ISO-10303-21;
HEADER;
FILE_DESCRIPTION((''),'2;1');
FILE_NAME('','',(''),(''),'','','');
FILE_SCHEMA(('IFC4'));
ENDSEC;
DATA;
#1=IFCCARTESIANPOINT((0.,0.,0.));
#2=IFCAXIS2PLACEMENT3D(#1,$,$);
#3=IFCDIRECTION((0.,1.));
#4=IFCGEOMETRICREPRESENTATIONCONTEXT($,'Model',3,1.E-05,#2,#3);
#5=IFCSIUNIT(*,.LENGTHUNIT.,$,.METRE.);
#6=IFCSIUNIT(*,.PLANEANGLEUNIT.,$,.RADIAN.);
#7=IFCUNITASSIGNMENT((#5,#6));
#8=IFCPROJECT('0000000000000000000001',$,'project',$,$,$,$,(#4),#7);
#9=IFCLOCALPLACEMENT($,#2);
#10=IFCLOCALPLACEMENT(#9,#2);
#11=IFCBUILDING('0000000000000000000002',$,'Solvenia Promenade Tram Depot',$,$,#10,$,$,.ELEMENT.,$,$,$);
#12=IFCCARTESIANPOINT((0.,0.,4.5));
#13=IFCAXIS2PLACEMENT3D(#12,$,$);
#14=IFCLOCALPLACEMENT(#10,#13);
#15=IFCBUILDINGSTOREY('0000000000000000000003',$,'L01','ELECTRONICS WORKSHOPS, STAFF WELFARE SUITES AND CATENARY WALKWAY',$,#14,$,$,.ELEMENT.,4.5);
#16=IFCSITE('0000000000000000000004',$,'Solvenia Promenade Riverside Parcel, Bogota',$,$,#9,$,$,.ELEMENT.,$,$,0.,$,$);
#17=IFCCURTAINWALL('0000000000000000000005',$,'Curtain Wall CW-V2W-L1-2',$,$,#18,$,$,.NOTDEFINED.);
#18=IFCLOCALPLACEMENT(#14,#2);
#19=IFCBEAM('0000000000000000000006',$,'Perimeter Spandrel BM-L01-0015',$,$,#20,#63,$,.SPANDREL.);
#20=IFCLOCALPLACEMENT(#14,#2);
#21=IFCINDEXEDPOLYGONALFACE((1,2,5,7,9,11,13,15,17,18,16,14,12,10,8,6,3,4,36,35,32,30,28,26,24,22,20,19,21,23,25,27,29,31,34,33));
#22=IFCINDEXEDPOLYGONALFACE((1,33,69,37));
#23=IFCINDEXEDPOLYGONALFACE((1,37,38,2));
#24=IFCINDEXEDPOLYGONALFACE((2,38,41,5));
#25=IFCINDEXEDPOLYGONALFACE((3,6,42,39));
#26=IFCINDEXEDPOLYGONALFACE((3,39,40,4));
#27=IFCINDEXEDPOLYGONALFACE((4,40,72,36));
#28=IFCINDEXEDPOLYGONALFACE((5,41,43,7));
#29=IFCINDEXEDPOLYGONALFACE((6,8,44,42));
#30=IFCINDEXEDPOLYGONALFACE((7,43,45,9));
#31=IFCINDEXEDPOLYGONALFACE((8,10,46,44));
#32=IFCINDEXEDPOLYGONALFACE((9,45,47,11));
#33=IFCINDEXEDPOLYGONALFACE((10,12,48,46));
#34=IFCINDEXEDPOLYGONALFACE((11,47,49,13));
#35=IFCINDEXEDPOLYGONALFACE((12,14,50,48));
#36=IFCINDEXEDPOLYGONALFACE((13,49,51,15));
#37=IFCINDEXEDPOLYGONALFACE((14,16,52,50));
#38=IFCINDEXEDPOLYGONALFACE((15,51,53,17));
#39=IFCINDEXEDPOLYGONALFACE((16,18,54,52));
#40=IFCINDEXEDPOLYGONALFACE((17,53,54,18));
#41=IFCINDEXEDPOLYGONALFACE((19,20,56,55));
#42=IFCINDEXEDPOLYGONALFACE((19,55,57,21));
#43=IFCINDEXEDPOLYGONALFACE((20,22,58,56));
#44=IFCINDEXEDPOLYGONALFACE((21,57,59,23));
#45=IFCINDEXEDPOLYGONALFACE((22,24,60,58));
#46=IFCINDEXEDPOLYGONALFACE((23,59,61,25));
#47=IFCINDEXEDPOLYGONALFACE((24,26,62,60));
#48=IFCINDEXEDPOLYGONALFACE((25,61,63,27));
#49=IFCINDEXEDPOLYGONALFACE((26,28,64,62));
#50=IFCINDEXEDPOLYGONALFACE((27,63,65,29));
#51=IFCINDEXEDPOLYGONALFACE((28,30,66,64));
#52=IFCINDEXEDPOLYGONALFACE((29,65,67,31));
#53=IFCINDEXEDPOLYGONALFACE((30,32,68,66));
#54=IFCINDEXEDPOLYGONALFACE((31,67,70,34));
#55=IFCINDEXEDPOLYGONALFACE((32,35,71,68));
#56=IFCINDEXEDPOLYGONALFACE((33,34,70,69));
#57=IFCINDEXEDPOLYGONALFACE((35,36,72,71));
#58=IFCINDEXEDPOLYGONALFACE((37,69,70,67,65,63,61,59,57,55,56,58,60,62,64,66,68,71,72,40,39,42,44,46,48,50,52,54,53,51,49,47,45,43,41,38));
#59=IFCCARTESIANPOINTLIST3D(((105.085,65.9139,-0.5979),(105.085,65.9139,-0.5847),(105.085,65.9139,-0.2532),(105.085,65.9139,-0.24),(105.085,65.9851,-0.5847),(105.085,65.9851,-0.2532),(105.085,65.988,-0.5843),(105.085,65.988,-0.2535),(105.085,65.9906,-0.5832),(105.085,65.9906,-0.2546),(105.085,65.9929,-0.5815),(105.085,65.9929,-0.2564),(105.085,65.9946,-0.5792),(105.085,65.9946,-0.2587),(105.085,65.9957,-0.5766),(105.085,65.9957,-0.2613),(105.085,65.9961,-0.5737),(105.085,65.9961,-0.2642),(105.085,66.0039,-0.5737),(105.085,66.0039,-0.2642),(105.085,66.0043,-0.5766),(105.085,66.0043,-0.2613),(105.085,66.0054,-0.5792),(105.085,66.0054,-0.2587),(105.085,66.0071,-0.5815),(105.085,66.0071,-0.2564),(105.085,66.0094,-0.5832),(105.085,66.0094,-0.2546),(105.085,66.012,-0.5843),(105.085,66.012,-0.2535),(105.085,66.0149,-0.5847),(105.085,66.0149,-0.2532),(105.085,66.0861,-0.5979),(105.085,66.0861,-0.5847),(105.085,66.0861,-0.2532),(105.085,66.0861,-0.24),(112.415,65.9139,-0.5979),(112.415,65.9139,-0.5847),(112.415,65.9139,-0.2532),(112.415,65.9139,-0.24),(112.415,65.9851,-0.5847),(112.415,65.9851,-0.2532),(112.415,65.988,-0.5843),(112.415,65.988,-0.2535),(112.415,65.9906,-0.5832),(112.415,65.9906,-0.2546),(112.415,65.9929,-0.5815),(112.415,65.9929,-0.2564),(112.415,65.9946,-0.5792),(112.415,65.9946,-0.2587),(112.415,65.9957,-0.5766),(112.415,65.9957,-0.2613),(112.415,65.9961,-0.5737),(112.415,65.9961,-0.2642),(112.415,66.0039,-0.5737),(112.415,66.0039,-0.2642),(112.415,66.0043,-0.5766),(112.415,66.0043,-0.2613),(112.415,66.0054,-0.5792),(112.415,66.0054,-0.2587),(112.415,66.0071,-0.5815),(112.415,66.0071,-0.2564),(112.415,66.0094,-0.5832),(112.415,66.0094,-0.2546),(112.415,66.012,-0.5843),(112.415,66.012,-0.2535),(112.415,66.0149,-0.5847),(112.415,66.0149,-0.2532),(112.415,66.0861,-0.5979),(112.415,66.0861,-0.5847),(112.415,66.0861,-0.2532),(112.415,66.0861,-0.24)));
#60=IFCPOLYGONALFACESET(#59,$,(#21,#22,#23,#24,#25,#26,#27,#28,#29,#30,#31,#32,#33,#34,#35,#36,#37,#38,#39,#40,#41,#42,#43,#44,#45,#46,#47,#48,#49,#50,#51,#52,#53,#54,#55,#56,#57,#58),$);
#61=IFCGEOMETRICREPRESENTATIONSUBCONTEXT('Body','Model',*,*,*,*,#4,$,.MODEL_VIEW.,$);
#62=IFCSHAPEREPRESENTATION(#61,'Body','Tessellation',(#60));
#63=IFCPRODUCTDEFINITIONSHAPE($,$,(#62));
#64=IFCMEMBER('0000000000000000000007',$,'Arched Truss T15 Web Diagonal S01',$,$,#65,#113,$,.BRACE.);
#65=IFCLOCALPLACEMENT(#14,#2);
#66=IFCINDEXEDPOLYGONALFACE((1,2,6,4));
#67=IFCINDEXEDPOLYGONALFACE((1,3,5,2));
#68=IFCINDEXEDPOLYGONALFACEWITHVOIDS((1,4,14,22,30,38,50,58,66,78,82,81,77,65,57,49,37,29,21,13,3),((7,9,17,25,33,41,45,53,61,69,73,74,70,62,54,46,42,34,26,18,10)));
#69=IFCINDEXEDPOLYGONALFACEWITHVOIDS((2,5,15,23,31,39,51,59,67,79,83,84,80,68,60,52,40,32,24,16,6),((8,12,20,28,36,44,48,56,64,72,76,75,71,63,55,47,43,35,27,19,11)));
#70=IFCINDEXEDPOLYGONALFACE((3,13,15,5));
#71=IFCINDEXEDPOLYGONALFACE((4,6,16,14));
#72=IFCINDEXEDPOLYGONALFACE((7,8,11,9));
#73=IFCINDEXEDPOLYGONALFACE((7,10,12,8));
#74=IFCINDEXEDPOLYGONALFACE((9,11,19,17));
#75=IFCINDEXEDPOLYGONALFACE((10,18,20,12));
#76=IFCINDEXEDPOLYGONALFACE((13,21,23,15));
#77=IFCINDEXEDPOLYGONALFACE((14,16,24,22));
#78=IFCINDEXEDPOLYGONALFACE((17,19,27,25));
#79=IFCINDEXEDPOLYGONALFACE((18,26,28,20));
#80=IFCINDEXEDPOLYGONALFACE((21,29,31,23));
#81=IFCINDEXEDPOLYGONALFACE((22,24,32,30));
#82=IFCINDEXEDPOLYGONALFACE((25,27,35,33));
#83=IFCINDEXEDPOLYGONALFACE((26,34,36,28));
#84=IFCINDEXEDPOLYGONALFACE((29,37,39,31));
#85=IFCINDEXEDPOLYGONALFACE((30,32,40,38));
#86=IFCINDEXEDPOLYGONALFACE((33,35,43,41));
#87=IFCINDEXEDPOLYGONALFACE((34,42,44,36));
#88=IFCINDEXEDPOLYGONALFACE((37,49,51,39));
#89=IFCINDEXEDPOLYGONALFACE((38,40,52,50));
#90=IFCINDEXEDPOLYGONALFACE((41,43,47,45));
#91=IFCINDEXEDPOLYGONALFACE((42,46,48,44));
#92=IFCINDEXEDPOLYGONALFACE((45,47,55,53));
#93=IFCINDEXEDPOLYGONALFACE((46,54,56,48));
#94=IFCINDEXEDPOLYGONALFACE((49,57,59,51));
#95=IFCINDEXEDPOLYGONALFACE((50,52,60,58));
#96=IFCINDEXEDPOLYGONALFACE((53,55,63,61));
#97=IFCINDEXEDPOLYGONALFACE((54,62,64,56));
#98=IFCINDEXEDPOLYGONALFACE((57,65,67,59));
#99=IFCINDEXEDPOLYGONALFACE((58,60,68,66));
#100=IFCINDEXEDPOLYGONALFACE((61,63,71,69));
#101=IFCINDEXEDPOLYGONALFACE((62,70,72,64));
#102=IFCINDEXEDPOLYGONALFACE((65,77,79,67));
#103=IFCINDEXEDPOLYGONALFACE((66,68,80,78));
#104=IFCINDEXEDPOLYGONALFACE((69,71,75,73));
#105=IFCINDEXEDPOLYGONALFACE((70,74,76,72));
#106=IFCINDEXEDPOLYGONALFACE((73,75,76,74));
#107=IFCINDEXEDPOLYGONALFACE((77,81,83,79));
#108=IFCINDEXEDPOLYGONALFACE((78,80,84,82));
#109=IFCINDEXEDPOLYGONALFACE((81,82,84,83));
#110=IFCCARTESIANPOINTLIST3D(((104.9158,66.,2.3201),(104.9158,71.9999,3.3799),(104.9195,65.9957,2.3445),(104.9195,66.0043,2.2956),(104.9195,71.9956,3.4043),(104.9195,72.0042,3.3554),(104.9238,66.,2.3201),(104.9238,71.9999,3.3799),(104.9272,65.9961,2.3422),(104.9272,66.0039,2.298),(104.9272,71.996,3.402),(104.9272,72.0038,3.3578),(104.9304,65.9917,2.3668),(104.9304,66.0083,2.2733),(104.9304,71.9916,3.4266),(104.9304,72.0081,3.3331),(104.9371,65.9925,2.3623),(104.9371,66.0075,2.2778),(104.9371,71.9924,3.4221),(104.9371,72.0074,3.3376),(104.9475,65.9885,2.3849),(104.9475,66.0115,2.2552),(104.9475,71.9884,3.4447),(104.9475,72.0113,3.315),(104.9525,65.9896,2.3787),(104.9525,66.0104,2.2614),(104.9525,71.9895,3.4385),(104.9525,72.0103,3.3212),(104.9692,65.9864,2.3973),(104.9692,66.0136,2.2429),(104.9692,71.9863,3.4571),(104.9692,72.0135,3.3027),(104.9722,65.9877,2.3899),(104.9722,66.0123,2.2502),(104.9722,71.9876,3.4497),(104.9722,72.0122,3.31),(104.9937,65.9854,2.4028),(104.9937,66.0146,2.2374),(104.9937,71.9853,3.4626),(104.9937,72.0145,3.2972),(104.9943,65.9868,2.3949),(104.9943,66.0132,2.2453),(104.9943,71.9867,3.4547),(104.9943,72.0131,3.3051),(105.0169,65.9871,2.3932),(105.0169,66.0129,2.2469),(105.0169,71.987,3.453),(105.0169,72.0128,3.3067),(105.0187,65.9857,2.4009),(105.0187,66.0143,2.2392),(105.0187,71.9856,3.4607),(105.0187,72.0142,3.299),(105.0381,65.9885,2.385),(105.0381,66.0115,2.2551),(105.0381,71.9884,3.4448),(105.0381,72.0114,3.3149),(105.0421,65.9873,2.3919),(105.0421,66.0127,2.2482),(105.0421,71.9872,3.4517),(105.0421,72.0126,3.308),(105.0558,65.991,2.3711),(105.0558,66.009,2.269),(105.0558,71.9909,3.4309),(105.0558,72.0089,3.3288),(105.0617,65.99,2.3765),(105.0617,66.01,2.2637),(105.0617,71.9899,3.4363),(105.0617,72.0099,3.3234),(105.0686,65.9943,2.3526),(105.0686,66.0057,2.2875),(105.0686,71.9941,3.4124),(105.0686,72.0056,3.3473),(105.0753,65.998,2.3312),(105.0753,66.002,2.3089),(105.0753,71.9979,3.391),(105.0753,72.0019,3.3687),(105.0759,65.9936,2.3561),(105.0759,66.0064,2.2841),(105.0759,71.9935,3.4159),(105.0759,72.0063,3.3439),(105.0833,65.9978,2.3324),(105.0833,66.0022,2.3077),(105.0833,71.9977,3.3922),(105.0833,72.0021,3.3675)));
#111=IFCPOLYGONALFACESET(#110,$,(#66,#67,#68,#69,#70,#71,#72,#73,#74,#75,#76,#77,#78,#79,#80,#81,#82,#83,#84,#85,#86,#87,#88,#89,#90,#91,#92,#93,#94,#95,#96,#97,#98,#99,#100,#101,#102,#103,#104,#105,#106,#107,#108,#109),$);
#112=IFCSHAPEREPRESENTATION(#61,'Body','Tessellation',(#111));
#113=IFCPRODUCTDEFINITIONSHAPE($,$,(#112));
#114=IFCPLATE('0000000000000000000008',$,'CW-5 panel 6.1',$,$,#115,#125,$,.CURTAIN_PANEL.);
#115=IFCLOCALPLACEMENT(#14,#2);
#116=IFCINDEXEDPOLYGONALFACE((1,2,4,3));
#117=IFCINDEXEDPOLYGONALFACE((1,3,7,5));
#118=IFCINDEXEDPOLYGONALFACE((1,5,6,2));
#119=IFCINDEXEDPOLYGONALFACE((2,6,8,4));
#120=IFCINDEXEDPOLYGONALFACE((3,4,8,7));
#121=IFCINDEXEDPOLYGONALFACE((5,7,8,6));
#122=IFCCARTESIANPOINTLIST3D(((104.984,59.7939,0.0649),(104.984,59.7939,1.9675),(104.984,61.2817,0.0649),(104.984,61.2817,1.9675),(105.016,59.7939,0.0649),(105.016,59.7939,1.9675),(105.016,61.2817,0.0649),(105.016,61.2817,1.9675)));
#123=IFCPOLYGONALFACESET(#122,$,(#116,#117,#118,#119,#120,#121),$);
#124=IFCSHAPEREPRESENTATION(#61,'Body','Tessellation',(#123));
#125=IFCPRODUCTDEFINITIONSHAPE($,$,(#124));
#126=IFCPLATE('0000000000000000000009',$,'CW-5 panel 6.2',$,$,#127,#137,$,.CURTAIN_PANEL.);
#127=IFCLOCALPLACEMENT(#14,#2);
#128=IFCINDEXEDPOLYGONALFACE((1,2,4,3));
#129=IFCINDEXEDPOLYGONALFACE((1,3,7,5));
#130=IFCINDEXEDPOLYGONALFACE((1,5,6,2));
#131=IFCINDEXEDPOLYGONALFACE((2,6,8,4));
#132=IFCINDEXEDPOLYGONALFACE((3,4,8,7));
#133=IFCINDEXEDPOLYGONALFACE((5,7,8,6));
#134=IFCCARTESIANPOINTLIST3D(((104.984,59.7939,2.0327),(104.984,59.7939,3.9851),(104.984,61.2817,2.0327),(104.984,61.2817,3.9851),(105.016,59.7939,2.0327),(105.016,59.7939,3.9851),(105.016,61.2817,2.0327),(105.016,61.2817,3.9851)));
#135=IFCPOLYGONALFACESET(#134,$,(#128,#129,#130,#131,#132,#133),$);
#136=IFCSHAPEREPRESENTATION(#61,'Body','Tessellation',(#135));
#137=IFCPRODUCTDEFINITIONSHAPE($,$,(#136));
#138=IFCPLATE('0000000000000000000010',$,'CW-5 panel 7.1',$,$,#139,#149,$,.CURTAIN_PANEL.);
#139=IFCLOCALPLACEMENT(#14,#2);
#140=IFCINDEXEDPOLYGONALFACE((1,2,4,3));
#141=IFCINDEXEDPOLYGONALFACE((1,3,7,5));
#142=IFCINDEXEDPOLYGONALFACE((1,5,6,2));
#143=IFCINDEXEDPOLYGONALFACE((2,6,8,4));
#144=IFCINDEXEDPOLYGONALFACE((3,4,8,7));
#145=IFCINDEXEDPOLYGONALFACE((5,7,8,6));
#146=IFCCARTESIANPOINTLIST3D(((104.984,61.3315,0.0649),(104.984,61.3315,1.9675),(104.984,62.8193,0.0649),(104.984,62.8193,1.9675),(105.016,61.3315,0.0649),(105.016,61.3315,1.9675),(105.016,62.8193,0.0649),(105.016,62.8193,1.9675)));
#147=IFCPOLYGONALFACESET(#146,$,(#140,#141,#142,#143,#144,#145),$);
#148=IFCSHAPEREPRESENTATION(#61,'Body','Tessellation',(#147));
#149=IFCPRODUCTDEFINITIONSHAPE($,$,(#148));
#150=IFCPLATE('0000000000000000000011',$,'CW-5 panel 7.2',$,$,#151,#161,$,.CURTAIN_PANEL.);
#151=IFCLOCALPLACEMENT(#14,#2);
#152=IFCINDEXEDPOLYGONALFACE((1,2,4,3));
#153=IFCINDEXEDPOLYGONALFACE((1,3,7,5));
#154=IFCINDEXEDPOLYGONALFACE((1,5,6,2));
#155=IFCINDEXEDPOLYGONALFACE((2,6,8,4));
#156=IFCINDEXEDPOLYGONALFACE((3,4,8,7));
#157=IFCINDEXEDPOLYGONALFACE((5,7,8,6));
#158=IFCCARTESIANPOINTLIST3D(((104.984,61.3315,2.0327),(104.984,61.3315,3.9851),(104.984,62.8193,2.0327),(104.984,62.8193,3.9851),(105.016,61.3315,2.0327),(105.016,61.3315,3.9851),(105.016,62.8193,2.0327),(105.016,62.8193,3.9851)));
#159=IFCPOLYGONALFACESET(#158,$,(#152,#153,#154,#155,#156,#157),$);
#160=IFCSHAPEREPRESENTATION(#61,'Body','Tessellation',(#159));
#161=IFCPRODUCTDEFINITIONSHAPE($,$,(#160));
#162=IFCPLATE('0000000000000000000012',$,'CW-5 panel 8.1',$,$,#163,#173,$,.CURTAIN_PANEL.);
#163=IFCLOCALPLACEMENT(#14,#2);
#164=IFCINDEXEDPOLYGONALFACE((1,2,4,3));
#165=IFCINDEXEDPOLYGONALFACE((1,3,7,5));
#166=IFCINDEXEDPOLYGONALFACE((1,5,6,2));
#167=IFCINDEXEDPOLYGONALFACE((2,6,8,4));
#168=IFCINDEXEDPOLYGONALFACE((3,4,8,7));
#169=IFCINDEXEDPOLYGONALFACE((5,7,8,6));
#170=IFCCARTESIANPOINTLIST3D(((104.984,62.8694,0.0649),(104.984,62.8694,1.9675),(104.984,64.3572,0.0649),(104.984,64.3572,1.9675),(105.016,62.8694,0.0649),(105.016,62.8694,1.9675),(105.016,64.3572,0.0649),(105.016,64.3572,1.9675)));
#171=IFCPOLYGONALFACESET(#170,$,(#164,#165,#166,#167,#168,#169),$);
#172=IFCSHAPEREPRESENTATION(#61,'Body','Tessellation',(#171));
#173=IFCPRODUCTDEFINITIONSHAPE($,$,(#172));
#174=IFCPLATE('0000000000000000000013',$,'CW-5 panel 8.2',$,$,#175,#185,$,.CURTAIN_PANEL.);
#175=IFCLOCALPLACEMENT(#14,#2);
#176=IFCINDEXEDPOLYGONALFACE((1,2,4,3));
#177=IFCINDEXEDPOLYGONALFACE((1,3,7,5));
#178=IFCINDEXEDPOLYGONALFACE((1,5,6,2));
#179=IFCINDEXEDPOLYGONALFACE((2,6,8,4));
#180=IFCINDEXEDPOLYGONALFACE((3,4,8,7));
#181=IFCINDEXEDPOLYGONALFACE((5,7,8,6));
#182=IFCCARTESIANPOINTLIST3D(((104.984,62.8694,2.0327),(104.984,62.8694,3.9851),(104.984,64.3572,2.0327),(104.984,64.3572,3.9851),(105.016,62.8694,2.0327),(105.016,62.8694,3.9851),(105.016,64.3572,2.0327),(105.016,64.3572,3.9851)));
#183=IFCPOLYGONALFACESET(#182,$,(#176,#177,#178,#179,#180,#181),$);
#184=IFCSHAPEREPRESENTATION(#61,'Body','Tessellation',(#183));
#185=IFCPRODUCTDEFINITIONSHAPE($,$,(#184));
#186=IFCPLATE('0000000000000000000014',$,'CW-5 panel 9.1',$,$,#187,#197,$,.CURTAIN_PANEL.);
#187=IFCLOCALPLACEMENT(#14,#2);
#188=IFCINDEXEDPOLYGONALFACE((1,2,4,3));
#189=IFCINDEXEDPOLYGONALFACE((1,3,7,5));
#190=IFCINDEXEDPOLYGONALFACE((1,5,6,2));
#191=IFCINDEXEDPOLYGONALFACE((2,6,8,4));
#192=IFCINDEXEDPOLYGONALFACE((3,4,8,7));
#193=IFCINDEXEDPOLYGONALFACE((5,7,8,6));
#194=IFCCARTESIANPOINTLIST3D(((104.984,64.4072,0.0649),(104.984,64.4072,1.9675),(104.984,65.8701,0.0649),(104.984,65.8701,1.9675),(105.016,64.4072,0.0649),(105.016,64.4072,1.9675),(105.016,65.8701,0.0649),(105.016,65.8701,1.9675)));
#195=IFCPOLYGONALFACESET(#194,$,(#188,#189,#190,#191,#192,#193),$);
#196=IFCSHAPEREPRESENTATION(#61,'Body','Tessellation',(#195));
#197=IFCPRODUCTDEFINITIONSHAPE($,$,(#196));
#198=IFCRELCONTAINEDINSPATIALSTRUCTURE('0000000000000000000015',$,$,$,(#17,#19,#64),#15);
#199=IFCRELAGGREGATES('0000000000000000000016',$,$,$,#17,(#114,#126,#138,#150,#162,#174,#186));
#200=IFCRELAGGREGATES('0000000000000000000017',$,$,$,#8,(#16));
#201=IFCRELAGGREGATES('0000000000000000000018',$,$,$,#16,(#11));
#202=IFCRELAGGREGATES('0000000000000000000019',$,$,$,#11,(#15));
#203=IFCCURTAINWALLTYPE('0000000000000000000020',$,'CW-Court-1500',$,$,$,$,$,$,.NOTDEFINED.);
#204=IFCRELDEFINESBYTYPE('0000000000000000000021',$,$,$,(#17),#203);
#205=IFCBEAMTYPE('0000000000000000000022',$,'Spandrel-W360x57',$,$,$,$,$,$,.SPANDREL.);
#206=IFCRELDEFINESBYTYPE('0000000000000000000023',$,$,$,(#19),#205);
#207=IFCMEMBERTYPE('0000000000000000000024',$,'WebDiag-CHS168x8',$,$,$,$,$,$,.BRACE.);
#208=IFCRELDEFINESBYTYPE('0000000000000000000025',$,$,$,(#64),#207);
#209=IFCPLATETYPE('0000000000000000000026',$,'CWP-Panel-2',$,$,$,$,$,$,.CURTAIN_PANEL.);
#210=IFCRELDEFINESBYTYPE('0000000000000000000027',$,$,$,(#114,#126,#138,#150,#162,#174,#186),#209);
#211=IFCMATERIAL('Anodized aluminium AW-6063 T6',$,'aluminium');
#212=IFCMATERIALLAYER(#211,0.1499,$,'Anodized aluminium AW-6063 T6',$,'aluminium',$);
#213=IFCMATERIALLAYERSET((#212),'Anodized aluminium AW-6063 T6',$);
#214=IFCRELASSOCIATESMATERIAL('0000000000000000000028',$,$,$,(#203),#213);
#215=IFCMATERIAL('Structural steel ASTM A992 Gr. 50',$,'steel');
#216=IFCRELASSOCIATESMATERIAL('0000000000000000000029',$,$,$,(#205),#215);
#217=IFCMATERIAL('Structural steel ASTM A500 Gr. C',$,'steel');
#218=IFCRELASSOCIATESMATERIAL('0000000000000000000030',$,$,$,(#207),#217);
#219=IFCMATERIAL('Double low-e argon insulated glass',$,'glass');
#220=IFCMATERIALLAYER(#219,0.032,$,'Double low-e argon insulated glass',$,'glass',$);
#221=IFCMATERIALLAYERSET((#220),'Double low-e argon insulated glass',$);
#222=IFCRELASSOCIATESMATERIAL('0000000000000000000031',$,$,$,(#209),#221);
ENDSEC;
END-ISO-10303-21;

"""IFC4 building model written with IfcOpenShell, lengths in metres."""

from ifc_helpers import new_model, si_unit, direction, frame, origin, origin_2d, place, context, subcontext, project, spatial, rectangle, hollow_circle, i_section, extrude, material, layer, layer_set, material_profile, profile_set, type_object, element, aggregate, save


model = new_model("IFC4")

# Units and contexts
model_context = context("Model", 3, precision=1e-05, world=origin(), true_north=direction((0.0, 1.0)))
body_context = subcontext(model_context, "Body", "Model", "MODEL_VIEW")
ifc_project = project(units=[si_unit("LENGTHUNIT", "METRE"), si_unit("PLANEANGLEUNIT", "RADIAN")], contexts=[model_context])

# Site, building, storey
site_placement = place(None, origin())
site = spatial("IfcSite", under=ifc_project, at=site_placement, Name="Solvenia Promenade Riverside Parcel, Bogota", CompositionType="ELEMENT", RefElevation=0.0)
building_placement = place(site_placement, origin())
building = spatial("IfcBuilding", under=site, at=building_placement, Name="Solvenia Promenade Tram Depot", CompositionType="ELEMENT")
storey_placement = place(building_placement, frame((0.0, 0.0, 4.5)))
storey = spatial("IfcBuildingStorey", under=building, at=storey_placement, Name="L01", Description="ELECTRONICS WORKSHOPS, STAFF WELFARE SUITES AND CATENARY WALKWAY", CompositionType="ELEMENT", Elevation=4.5)

# Shared definitions
ifc_material_1 = material(Name="Structural steel ASTM A992 Gr. 50", Category="steel")

# Curtain wall
ifc_material_2 = material(Name="Anodized aluminium AW-6063 T6", Category="aluminium")
ifc_layer_1 = layer(ifc_material_2, 0.1499, Name="Anodized aluminium AW-6063 T6", Category="aluminium")
ifc_layer_set_1 = layer_set([ifc_layer_1], Name="Anodized aluminium AW-6063 T6")
curtain_wall_type = type_object("IfcCurtainWallType", Name="CW-Court-1500", PredefinedType="NOTDEFINED", material=ifc_layer_set_1)
curtain_wall_placement = place(storey_placement, origin())
curtain_wall = element("IfcCurtainWall", 1, at=curtain_wall_placement, inside=storey, type_object=curtain_wall_type, Name="Curtain Wall CW-V2W-L1-2", PredefinedType="NOTDEFINED")

# Shared definitions
ifc_material_3 = material(Name="Structural steel ASTM A500 Gr. C", Category="steel")

# Beam
ifc_material_profile_1 = material_profile(ifc_material_1, i_section(OverallWidth=0.1721, OverallDepth=0.3579, WebThickness=0.0078, FlangeThickness=0.0132, FilletRadius=0.011, at=origin_2d()), Name="W360x57", Category="steel")
ifc_profile_set_1 = profile_set([ifc_material_profile_1], Name="Structural steel ASTM A992 Gr. 50")
beam_type_1 = type_object("IfcBeamType", Name="Spandrel-W360x57", PredefinedType="SPANDREL", material=ifc_profile_set_1)
beam_1_placement = place(storey_placement, frame((105.085, 66.0, -0.4189), z_axis=(1.0, 0.0, 0.0), x_axis=(0.0, 1.0, 0.0)))
element("IfcBeam", 2, at=beam_1_placement, inside=storey, type_object=beam_type_1, Name="Perimeter Spandrel BM-L01-0015", PredefinedType="SPANDREL", context=body_context, shape_type="SweptSolid", body=[
    extrude(i_section(OverallWidth=0.1721, OverallDepth=0.3579, WebThickness=0.0078, FlangeThickness=0.0132, FilletRadius=0.011, at=origin_2d()), origin(), (0.0, 0.0, 1.0), 7.3301),
])

# Member
ifc_material_profile_2 = material_profile(ifc_material_3, hollow_circle(Radius=0.0842, WallThickness=0.0081, at=origin_2d()), Name="CHS168.3x8", Category="steel")
ifc_profile_set_2 = profile_set([ifc_material_profile_2], Name="Structural steel ASTM A500 Gr. C")
member_type_1 = type_object("IfcMemberType", Name="WebDiag-CHS168x8", PredefinedType="BRACE", material=ifc_profile_set_2)
member_1_placement = place(storey_placement, frame((105.0, 66.0, 2.3201), z_axis=(0.0, 0.984756, 0.173943), x_axis=(-1.0, 0.0, 0.0)))
element("IfcMember", 3, at=member_1_placement, inside=storey, type_object=member_type_1, Name="Arched Truss T15 Web Diagonal S01", PredefinedType="BRACE", context=body_context, shape_type="SweptSolid", body=[
    extrude(hollow_circle(Radius=0.0842, WallThickness=0.0081, at=origin_2d()), origin(), (0.0, 0.0, 1.0), 6.0928),
])

# Plates
ifc_material_4 = material(Name="Double low-e argon insulated glass", Category="glass")
ifc_layer_2 = layer(ifc_material_4, 0.032, Name="Double low-e argon insulated glass", Category="glass")
ifc_layer_set_2 = layer_set([ifc_layer_2], Name="Double low-e argon insulated glass")
plate_type = type_object("IfcPlateType", Name="CWP-Panel-2", PredefinedType="CURTAIN_PANEL", material=ifc_layer_set_2)
plate_1_placement = place(storey_placement, frame((105.0, 60.5378, 0.0649), z_axis=(0.0, 0.0, 1.0), x_axis=(0.0, 1.0, 0.0)))
plate_1 = element("IfcPlate", 4, at=plate_1_placement, type_object=plate_type, Name="CW-5 panel 6.1", PredefinedType="CURTAIN_PANEL", context=body_context, shape_type="SweptSolid", body=[
    extrude(rectangle(XDim=1.4878, YDim=0.032, at=origin_2d()), origin(), (0.0, 0.0, 1.0), 1.9026),
])
plate_2_placement = place(storey_placement, frame((105.0, 60.5378, 2.0327), z_axis=(0.0, 0.0, 1.0), x_axis=(0.0, 1.0, 0.0)))
plate_2 = element("IfcPlate", 5, at=plate_2_placement, type_object=plate_type, Name="CW-5 panel 6.2", PredefinedType="CURTAIN_PANEL", context=body_context, shape_type="SweptSolid", body=[
    extrude(rectangle(XDim=1.4878, YDim=0.032, at=origin_2d()), origin(), (0.0, 0.0, 1.0), 1.9524),
])
plate_3_placement = place(storey_placement, frame((105.0, 62.0754, 0.0649), z_axis=(0.0, 0.0, 1.0), x_axis=(0.0, 1.0, 0.0)))
plate_3 = element("IfcPlate", 6, at=plate_3_placement, type_object=plate_type, Name="CW-5 panel 7.1", PredefinedType="CURTAIN_PANEL", context=body_context, shape_type="SweptSolid", body=[
    extrude(rectangle(XDim=1.4878, YDim=0.032, at=origin_2d()), origin(), (0.0, 0.0, 1.0), 1.9026),
])
plate_4_placement = place(storey_placement, frame((105.0, 62.0754, 2.0327), z_axis=(0.0, 0.0, 1.0), x_axis=(0.0, 1.0, 0.0)))
plate_4 = element("IfcPlate", 7, at=plate_4_placement, type_object=plate_type, Name="CW-5 panel 7.2", PredefinedType="CURTAIN_PANEL", context=body_context, shape_type="SweptSolid", body=[
    extrude(rectangle(XDim=1.4878, YDim=0.032, at=origin_2d()), origin(), (0.0, 0.0, 1.0), 1.9524),
])
plate_5_placement = place(storey_placement, frame((105.0, 63.6133, 0.0649), z_axis=(0.0, 0.0, 1.0), x_axis=(0.0, 1.0, 0.0)))
plate_5 = element("IfcPlate", 8, at=plate_5_placement, type_object=plate_type, Name="CW-5 panel 8.1", PredefinedType="CURTAIN_PANEL", context=body_context, shape_type="SweptSolid", body=[
    extrude(rectangle(XDim=1.4878, YDim=0.032, at=origin_2d()), origin(), (0.0, 0.0, 1.0), 1.9026),
])
plate_6_placement = place(storey_placement, frame((105.0, 63.6133, 2.0327), z_axis=(0.0, 0.0, 1.0), x_axis=(0.0, 1.0, 0.0)))
plate_6 = element("IfcPlate", 9, at=plate_6_placement, type_object=plate_type, Name="CW-5 panel 8.2", PredefinedType="CURTAIN_PANEL", context=body_context, shape_type="SweptSolid", body=[
    extrude(rectangle(XDim=1.4878, YDim=0.032, at=origin_2d()), origin(), (0.0, 0.0, 1.0), 1.9524),
])
plate_7_placement = place(storey_placement, frame((105.0, 65.1387, 0.0649), z_axis=(0.0, 0.0, 1.0), x_axis=(0.0, 1.0, 0.0)))
plate_7 = element("IfcPlate", 10, at=plate_7_placement, type_object=plate_type, Name="CW-5 panel 9.1", PredefinedType="CURTAIN_PANEL", context=body_context, shape_type="SweptSolid", body=[
    extrude(rectangle(XDim=1.4629, YDim=0.032, at=origin_2d()), origin(), (0.0, 0.0, 1.0), 1.9026),
])
aggregate(curtain_wall, [plate_1, plate_2, plate_3, plate_4, plate_5, plate_6, plate_7])

save(model, "model.ifc")
